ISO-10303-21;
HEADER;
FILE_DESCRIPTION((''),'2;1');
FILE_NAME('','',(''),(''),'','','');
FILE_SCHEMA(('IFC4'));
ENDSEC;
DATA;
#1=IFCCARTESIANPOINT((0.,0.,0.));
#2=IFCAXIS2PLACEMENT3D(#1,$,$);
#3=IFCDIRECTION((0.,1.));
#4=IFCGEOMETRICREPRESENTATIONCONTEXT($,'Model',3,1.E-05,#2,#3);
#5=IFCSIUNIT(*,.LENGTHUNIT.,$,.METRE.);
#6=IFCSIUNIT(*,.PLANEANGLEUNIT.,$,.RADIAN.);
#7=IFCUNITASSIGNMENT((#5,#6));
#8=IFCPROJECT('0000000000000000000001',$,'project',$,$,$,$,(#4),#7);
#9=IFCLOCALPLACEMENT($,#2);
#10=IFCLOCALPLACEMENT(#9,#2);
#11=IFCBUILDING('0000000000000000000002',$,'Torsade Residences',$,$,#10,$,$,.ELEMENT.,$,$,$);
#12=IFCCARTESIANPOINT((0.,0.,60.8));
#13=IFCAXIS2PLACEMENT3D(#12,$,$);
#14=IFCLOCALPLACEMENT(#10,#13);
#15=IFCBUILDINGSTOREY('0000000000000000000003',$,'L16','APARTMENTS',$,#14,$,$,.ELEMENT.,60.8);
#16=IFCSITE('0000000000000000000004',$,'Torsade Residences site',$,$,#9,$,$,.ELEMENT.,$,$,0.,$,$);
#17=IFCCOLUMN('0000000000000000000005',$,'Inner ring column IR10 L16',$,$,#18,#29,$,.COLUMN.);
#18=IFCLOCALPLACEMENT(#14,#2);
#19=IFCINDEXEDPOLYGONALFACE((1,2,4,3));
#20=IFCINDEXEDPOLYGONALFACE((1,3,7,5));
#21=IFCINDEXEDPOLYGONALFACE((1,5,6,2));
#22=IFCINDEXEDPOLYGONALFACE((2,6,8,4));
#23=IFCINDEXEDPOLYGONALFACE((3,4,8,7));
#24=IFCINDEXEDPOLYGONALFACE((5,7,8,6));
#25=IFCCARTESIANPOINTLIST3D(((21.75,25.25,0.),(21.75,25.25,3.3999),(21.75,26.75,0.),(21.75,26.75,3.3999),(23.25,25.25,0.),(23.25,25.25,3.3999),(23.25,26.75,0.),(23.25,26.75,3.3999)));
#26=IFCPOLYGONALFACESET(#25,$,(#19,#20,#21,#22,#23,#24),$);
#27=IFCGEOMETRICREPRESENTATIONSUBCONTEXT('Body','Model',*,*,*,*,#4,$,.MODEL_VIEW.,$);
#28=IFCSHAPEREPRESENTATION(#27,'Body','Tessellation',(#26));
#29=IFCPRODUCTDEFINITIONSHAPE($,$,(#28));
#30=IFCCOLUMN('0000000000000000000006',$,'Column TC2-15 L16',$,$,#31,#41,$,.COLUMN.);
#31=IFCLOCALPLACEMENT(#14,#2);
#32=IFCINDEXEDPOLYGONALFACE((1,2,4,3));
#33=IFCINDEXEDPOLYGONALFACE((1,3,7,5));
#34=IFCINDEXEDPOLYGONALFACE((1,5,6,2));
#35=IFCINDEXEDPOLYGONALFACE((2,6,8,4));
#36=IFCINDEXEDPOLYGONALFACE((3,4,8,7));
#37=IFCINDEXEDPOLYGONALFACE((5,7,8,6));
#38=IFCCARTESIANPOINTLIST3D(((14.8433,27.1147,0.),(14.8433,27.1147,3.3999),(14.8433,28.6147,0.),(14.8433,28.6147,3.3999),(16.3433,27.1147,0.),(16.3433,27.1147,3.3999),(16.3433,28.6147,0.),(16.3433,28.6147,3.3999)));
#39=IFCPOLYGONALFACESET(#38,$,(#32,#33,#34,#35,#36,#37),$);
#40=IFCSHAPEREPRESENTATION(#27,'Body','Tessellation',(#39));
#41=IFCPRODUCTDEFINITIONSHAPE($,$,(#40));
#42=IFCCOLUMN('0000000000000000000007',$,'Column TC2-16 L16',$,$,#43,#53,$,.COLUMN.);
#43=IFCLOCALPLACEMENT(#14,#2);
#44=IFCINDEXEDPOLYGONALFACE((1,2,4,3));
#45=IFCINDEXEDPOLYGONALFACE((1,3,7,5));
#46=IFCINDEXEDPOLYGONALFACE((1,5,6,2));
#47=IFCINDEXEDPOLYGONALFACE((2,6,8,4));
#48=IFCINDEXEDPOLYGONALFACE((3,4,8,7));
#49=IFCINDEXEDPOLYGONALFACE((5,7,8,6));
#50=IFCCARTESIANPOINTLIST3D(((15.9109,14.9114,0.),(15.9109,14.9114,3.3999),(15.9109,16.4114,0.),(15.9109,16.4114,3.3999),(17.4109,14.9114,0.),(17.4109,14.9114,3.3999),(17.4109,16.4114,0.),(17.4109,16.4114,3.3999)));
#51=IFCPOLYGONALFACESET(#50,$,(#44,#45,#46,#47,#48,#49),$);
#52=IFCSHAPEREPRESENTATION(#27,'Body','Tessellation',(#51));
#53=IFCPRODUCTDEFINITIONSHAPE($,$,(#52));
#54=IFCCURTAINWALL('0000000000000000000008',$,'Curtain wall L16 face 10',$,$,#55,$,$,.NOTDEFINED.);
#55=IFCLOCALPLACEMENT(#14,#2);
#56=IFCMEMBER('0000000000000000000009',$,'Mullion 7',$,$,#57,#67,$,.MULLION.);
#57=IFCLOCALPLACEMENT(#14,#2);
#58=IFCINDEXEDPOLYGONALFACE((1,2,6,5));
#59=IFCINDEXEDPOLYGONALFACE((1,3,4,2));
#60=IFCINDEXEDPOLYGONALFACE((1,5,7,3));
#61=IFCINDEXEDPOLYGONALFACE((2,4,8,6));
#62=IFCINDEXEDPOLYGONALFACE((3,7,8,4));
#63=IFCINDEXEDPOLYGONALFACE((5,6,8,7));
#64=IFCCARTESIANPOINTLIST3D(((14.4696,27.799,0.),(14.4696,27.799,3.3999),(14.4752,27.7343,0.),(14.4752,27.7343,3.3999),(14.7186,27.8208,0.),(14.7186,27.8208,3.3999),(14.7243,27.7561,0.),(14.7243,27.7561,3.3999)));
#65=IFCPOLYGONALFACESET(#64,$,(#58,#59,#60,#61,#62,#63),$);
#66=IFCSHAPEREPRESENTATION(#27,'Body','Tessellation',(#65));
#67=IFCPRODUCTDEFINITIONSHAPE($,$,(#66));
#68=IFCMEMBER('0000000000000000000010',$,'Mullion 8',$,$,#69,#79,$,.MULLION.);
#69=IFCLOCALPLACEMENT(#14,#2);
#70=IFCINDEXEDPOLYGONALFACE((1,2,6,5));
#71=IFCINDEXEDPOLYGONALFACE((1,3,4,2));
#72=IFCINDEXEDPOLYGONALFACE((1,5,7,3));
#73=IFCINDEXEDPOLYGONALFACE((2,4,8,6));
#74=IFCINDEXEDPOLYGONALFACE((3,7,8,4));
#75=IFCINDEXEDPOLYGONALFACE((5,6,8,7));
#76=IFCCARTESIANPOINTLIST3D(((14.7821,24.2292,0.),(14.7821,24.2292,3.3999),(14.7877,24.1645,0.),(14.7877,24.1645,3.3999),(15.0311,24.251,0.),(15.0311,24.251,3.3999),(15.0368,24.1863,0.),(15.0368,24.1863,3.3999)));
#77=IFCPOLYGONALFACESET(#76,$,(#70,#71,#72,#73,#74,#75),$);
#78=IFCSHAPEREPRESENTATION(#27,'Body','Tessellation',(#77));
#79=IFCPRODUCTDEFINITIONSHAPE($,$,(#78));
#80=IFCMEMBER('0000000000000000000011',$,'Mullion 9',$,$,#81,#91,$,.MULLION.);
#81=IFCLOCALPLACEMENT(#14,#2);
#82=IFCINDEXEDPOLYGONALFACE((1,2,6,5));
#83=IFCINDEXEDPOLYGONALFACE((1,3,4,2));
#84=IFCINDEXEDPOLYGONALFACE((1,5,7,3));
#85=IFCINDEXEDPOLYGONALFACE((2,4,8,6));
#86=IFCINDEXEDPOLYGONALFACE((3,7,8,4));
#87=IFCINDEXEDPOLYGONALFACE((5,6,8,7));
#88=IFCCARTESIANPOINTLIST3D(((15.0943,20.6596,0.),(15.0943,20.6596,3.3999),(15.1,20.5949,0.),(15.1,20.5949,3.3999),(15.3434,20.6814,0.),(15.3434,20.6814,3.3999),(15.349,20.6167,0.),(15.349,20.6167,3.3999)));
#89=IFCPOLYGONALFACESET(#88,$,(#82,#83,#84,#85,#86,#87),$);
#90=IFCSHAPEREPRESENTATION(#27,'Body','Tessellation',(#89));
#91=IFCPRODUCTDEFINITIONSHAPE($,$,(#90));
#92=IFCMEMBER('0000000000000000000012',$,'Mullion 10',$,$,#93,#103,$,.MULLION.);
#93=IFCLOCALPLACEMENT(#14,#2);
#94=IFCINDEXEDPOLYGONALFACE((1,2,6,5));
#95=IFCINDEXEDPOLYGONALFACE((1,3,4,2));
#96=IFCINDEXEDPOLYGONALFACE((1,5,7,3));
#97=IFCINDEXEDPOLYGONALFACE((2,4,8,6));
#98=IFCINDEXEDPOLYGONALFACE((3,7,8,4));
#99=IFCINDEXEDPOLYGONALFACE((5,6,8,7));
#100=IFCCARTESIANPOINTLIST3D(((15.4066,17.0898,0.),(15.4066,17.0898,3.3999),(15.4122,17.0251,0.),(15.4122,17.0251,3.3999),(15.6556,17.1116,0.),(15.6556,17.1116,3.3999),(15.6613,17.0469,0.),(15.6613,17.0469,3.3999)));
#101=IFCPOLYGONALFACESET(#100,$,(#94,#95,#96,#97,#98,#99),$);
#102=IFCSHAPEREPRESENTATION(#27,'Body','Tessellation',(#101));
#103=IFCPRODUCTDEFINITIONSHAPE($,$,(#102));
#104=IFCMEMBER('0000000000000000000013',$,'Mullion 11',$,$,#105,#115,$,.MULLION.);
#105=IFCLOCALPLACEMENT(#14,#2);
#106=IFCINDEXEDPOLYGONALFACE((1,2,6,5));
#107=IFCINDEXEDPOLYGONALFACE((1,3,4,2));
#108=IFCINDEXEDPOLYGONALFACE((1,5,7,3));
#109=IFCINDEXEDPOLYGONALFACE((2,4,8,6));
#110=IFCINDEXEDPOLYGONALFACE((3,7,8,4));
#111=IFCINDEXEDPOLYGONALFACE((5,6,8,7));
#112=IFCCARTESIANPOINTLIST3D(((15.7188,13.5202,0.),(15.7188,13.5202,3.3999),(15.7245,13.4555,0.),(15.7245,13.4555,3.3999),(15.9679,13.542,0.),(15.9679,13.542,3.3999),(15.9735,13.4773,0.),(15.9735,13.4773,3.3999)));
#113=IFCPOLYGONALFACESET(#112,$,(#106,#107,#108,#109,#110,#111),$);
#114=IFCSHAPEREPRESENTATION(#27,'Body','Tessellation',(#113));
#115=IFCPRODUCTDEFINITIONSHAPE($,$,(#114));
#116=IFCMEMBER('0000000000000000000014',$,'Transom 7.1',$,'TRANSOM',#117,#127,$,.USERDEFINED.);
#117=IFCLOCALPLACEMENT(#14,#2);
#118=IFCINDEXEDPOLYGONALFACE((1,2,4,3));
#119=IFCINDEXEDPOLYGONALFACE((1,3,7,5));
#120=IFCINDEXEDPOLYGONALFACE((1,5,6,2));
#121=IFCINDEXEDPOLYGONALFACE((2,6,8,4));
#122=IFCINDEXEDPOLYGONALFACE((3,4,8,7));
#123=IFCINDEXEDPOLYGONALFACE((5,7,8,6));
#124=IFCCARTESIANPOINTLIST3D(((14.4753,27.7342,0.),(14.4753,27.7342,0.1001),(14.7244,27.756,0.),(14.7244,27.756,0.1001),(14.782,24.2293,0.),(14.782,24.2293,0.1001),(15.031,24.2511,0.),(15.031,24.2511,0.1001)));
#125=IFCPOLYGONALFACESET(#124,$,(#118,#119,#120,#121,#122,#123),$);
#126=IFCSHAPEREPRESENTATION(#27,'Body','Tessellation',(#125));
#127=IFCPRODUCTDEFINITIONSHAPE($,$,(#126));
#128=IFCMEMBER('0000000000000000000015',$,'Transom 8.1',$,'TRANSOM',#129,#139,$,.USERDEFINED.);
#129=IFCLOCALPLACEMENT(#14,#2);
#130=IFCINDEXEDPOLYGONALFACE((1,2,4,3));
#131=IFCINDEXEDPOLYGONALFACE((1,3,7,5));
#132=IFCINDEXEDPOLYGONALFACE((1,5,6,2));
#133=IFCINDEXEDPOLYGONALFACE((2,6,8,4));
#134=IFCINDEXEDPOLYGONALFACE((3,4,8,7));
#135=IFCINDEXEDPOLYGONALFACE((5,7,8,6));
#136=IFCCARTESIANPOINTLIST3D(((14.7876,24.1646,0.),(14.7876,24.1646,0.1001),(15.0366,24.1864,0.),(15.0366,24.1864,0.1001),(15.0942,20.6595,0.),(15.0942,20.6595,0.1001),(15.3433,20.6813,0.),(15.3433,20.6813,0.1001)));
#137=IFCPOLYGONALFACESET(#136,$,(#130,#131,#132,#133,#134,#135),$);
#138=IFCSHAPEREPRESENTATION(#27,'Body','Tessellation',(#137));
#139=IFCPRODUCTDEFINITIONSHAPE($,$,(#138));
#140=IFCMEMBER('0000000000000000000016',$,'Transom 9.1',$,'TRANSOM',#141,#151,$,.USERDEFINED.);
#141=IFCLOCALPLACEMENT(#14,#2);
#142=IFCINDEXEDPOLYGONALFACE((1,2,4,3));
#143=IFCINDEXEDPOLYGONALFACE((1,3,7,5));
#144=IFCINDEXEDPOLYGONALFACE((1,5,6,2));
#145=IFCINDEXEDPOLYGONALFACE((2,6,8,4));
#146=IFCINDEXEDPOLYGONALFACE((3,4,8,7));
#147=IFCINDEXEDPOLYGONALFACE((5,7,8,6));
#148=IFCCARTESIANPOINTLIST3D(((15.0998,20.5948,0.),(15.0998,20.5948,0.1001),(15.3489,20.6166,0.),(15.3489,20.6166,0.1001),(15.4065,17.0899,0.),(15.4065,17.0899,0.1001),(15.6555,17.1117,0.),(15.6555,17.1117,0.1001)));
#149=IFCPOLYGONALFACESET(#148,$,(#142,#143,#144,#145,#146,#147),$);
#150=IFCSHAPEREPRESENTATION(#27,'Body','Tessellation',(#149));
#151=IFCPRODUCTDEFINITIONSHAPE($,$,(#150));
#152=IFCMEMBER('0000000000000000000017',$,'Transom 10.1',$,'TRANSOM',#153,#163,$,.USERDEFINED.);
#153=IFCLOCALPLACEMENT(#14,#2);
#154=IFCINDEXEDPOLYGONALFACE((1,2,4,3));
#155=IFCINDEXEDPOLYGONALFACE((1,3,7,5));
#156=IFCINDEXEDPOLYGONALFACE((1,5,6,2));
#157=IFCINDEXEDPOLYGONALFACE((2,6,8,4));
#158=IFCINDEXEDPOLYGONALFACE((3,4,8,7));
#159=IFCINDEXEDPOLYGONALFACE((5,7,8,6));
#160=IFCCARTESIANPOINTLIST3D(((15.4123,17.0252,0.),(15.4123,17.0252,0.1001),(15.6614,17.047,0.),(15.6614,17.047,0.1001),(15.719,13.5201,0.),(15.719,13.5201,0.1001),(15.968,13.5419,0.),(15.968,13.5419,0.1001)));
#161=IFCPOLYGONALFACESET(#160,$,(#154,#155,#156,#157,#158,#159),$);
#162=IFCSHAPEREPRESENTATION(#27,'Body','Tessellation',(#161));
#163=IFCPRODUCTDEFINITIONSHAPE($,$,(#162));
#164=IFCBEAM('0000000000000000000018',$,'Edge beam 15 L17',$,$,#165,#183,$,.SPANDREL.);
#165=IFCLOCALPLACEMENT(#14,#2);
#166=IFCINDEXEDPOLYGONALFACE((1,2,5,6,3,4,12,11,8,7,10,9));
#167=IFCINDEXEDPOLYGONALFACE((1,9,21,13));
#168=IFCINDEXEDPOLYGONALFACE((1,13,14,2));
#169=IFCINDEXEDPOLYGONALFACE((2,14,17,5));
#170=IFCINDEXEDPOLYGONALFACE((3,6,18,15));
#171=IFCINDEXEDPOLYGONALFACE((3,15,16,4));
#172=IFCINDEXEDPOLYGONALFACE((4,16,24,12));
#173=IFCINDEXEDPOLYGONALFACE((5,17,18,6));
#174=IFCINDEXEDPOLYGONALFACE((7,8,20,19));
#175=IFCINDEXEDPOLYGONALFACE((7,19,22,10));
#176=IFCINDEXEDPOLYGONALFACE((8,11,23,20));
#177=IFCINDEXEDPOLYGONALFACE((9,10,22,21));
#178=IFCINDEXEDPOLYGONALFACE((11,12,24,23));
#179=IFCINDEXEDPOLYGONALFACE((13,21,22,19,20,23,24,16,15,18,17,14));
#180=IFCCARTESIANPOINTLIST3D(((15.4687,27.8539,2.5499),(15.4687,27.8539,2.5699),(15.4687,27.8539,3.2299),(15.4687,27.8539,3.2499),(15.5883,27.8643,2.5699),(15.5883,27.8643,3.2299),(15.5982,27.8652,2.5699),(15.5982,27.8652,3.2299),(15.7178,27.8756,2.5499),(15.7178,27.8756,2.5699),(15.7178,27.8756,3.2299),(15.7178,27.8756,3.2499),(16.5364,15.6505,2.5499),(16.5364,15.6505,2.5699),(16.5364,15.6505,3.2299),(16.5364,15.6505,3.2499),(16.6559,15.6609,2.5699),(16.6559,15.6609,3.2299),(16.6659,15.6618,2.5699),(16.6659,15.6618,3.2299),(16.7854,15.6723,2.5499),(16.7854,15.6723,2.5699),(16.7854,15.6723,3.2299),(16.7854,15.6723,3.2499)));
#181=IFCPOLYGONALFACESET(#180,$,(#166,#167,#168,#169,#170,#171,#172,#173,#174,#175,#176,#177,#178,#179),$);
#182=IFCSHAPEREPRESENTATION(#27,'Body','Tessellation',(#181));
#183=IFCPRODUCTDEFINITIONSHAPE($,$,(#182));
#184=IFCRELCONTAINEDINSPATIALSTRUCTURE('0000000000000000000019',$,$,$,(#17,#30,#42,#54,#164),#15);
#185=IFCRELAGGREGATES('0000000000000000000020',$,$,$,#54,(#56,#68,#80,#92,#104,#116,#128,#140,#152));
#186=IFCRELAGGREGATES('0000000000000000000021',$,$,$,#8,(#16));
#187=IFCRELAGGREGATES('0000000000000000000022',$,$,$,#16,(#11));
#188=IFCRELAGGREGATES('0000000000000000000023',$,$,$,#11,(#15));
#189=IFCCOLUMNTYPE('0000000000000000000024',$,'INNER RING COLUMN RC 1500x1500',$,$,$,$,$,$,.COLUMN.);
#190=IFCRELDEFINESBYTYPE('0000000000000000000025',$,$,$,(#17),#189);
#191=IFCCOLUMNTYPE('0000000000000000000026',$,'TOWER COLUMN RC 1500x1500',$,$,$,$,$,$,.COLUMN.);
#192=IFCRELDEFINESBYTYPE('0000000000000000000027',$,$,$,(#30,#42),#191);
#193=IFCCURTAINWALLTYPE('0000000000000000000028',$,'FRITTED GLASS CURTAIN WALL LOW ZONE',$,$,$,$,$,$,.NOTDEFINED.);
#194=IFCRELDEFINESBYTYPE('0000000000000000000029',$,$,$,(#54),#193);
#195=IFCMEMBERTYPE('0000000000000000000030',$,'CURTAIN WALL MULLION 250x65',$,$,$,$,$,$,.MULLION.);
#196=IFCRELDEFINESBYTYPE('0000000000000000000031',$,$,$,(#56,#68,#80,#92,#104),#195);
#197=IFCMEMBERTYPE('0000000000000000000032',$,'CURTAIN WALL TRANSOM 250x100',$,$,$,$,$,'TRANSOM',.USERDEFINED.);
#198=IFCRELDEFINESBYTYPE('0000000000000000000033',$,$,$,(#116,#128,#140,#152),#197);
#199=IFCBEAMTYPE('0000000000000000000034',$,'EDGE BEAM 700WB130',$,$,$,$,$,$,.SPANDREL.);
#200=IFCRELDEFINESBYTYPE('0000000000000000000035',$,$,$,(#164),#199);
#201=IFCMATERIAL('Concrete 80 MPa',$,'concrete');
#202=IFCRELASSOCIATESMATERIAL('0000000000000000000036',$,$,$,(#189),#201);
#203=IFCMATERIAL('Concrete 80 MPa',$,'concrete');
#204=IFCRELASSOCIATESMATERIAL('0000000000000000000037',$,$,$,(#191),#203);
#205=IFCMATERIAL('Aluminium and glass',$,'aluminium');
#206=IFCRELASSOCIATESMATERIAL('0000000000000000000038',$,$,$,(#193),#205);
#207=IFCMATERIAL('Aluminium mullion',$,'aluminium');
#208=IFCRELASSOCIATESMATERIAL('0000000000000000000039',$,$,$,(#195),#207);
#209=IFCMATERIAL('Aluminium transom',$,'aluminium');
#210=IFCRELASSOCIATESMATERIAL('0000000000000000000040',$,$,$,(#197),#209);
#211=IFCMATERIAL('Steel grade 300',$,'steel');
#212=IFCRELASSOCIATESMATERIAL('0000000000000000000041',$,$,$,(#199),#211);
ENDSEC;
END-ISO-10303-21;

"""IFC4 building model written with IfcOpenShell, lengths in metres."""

from ifc_helpers import new_model, si_unit, direction, frame, origin, origin_2d, place, context, subcontext, project, spatial, rectangle, i_section, extrude, material, material_profile, profile_set, type_object, element, aggregate, save


model = new_model("IFC4")

# Units and contexts
model_context = context("Model", 3, precision=1e-05, world=origin(), true_north=direction((0.0, 1.0)))
body_context = subcontext(model_context, "Body", "Model", "MODEL_VIEW")
ifc_project = project(units=[si_unit("LENGTHUNIT", "METRE"), si_unit("PLANEANGLEUNIT", "RADIAN")], contexts=[model_context])

# Site, building, storey
site_placement = place(None, origin())
site = spatial("IfcSite", under=ifc_project, at=site_placement, Name="Torsade Residences site", CompositionType="ELEMENT", RefElevation=0.0)
building_placement = place(site_placement, origin())
building = spatial("IfcBuilding", under=site, at=building_placement, Name="Torsade Residences", CompositionType="ELEMENT")
storey_placement = place(building_placement, frame((0.0, 0.0, 60.8)))
storey = spatial("IfcBuildingStorey", under=building, at=storey_placement, Name="L16", Description="APARTMENTS", CompositionType="ELEMENT", Elevation=60.8)

# Columns
ifc_material_1 = material(Name="Concrete 80 MPa", Category="concrete")
ifc_material_profile_1 = material_profile(ifc_material_1, rectangle(XDim=1.5, YDim=1.5, at=origin_2d()), Name="RC 1500x1500")
ifc_profile_set_1 = profile_set([ifc_material_profile_1], Name="Concrete 80 MPa")
column_type_1 = type_object("IfcColumnType", Name="INNER RING COLUMN RC 1500x1500", PredefinedType="COLUMN", material=ifc_profile_set_1)
column_placement = place(storey_placement, frame((22.5, 26.0, 0.0), z_axis=(0.0, 0.0, 1.0), x_axis=(1.0, 0.0, 0.0)))
element("IfcColumn", 1, at=column_placement, inside=storey, type_object=column_type_1, Name="Inner ring column IR10 L16", PredefinedType="COLUMN", context=body_context, shape_type="SweptSolid", body=[
    extrude(rectangle(XDim=1.5, YDim=1.5, at=origin_2d()), origin(), (0.0, 0.0, 1.0), 3.3999),
])
ifc_material_2 = material(Name="Concrete 80 MPa", Category="concrete")
ifc_material_profile_2 = material_profile(ifc_material_2, rectangle(XDim=1.5, YDim=1.5, at=origin_2d()), Name="RC 1500x1500")
ifc_profile_set_2 = profile_set([ifc_material_profile_2], Name="Concrete 80 MPa")
column_type_2 = type_object("IfcColumnType", Name="TOWER COLUMN RC 1500x1500", PredefinedType="COLUMN", material=ifc_profile_set_2)
for number, where, z_axis, x_axis, name in (
    (2, (15.5933, 27.8647, 0.0), (0.0, 0.0, 1.0), (1.0, 0.0, 0.0), "Column TC2-15 L16"),
    (3, (16.6609, 15.6614, 0.0), (0.0, 0.0, 1.0), (1.0, 0.0, 0.0), "Column TC2-16 L16"),
):
    element("IfcColumn", number, at=place(storey_placement, frame(where, z_axis=z_axis, x_axis=x_axis)), inside=storey, type_object=column_type_2, Name=name, PredefinedType="COLUMN", context=body_context, shape_type="SweptSolid", body=[
        extrude(rectangle(XDim=1.5, YDim=1.5, at=origin_2d()), origin(), (0.0, 0.0, 1.0), 3.3999),
    ])

# Curtain wall, members
ifc_material_3 = material(Name="Aluminium and glass", Category="aluminium")
curtain_wall_type = type_object("IfcCurtainWallType", Name="FRITTED GLASS CURTAIN WALL LOW ZONE", PredefinedType="NOTDEFINED", material=ifc_material_3)
curtain_wall_placement = place(storey_placement, origin())
curtain_wall = element("IfcCurtainWall", 4, at=curtain_wall_placement, inside=storey, type_object=curtain_wall_type, Name="Curtain wall L16 face 10", PredefinedType="NOTDEFINED")
ifc_material_4 = material(Name="Aluminium mullion", Category="aluminium")
ifc_material_profile_3 = material_profile(ifc_material_4, rectangle(XDim=0.25, YDim=0.0649, at=origin_2d()), Name="CURTAIN WALL MULLION 250x65")
ifc_profile_set_3 = profile_set([ifc_material_profile_3], Name="Aluminium mullion")
member_type_1 = type_object("IfcMemberType", Name="CURTAIN WALL MULLION 250x65", PredefinedType="MULLION", material=ifc_profile_set_3)
member_1_placement = place(storey_placement, frame((14.5969, 27.7776, 0.0), z_axis=(0.0, 0.0, 1.0), x_axis=(0.996195, 0.087156, 0.0)))
member_1 = element("IfcMember", 5, at=member_1_placement, type_object=member_type_1, Name="Mullion 7", PredefinedType="MULLION", context=body_context, shape_type="SweptSolid", body=[
    extrude(rectangle(XDim=0.25, YDim=0.0649, at=origin_2d()), origin(), (0.0, 0.0, 1.0), 3.3999),
])
member_2_placement = place(storey_placement, frame((14.9094, 24.2078, 0.0), z_axis=(0.0, 0.0, 1.0), x_axis=(0.996195, 0.087156, 0.0)))
member_2 = element("IfcMember", 6, at=member_2_placement, type_object=member_type_1, Name="Mullion 8", PredefinedType="MULLION", context=body_context, shape_type="SweptSolid", body=[
    extrude(rectangle(XDim=0.25, YDim=0.0649, at=origin_2d()), origin(), (0.0, 0.0, 1.0), 3.3999),
])
member_3_placement = place(storey_placement, frame((15.2217, 20.6382, 0.0), z_axis=(0.0, 0.0, 1.0), x_axis=(0.996195, 0.087156, 0.0)))
member_3 = element("IfcMember", 7, at=member_3_placement, type_object=member_type_1, Name="Mullion 9", PredefinedType="MULLION", context=body_context, shape_type="SweptSolid", body=[
    extrude(rectangle(XDim=0.25, YDim=0.0649, at=origin_2d()), origin(), (0.0, 0.0, 1.0), 3.3999),
])
member_4_placement = place(storey_placement, frame((15.5339, 17.0684, 0.0), z_axis=(0.0, 0.0, 1.0), x_axis=(0.996195, 0.087156, 0.0)))
member_4 = element("IfcMember", 8, at=member_4_placement, type_object=member_type_1, Name="Mullion 10", PredefinedType="MULLION", context=body_context, shape_type="SweptSolid", body=[
    extrude(rectangle(XDim=0.25, YDim=0.0649, at=origin_2d()), origin(), (0.0, 0.0, 1.0), 3.3999),
])
member_5_placement = place(storey_placement, frame((15.8462, 13.4988, 0.0), z_axis=(0.0, 0.0, 1.0), x_axis=(0.996195, 0.087156, 0.0)))
member_5 = element("IfcMember", 9, at=member_5_placement, type_object=member_type_1, Name="Mullion 11", PredefinedType="MULLION", context=body_context, shape_type="SweptSolid", body=[
    extrude(rectangle(XDim=0.25, YDim=0.0649, at=origin_2d()), origin(), (0.0, 0.0, 1.0), 3.3999),
])
ifc_material_5 = material(Name="Aluminium transom", Category="aluminium")
ifc_material_profile_4 = material_profile(ifc_material_5, rectangle(XDim=0.25, YDim=0.1001, at=origin_2d()), Name="CURTAIN WALL TRANSOM 250x100")
ifc_profile_set_4 = profile_set([ifc_material_profile_4], Name="Aluminium transom")
member_type_2 = type_object("IfcMemberType", Name="CURTAIN WALL TRANSOM 250x100", ElementType="TRANSOM", PredefinedType="USERDEFINED", material=ifc_profile_set_4)
member_6_placement = place(storey_placement, frame((14.5999, 27.7451, 0.05), z_axis=(0.087157, -0.996195, 0.0), x_axis=(0.996195, 0.087157, 0.0)))
member_6 = element("IfcMember", 10, at=member_6_placement, type_object=member_type_2, Name="Transom 7.1", ObjectType="TRANSOM", PredefinedType="USERDEFINED", context=body_context, shape_type="SweptSolid", body=[
    extrude(rectangle(XDim=0.25, YDim=0.1001, at=origin_2d()), origin(), (0.0, 0.0, 1.0), 3.5183),
])
member_7_placement = place(storey_placement, frame((14.9121, 24.1755, 0.05), z_axis=(0.087151, -0.996195, 0.0), x_axis=(0.996195, 0.087151, 0.0)))
member_7 = element("IfcMember", 11, at=member_7_placement, type_object=member_type_2, Name="Transom 8.1", ObjectType="TRANSOM", PredefinedType="USERDEFINED", context=body_context, shape_type="SweptSolid", body=[
    extrude(rectangle(XDim=0.25, YDim=0.1001, at=origin_2d()), origin(), (0.0, 0.0, 1.0), 3.5186),
])
member_8_placement = place(storey_placement, frame((15.2244, 20.6057, 0.05), z_axis=(0.087157, -0.996195, 0.0), x_axis=(0.996195, 0.087157, 0.0)))
member_8 = element("IfcMember", 12, at=member_8_placement, type_object=member_type_2, Name="Transom 9.1", ObjectType="TRANSOM", PredefinedType="USERDEFINED", context=body_context, shape_type="SweptSolid", body=[
    extrude(rectangle(XDim=0.25, YDim=0.1001, at=origin_2d()), origin(), (0.0, 0.0, 1.0), 3.5183),
])
member_9_placement = place(storey_placement, frame((15.5369, 17.0361, 0.05), z_axis=(0.087151, -0.996195, 0.0), x_axis=(0.996195, 0.087151, 0.0)))
member_9 = element("IfcMember", 13, at=member_9_placement, type_object=member_type_2, Name="Transom 10.1", ObjectType="TRANSOM", PredefinedType="USERDEFINED", context=body_context, shape_type="SweptSolid", body=[
    extrude(rectangle(XDim=0.25, YDim=0.1001, at=origin_2d()), origin(), (0.0, 0.0, 1.0), 3.5186),
])

# Beam
ifc_material_6 = material(Name="Steel grade 300", Category="steel")
ifc_material_profile_5 = material_profile(ifc_material_6, i_section(OverallWidth=0.25, OverallDepth=0.7, WebThickness=0.01, FlangeThickness=0.02, at=origin_2d()), Name="700WB130")
ifc_profile_set_5 = profile_set([ifc_material_profile_5], Name="Steel grade 300")
beam_type_1 = type_object("IfcBeamType", Name="EDGE BEAM 700WB130", PredefinedType="SPANDREL", material=ifc_profile_set_5)
for number, where, z_axis, x_axis, name in (
    (14, (15.5933, 27.8647, 2.8999), (0.087153, -0.996195, 0.0), (0.996195, 0.087153, 0.0), "Edge beam 15 L17"),
):
    element("IfcBeam", number, at=place(storey_placement, frame(where, z_axis=z_axis, x_axis=x_axis)), inside=storey, type_object=beam_type_1, Name=name, PredefinedType="SPANDREL", context=body_context, shape_type="SweptSolid", body=[
        extrude(i_section(OverallWidth=0.25, OverallDepth=0.7, WebThickness=0.01, FlangeThickness=0.02, at=origin_2d()), origin(), (0.0, 0.0, 1.0), 12.25),
    ])

aggregate(curtain_wall, [member_1, member_2, member_3, member_4, member_5, member_6, member_7, member_8, member_9])

save(model, "model.ifc")
